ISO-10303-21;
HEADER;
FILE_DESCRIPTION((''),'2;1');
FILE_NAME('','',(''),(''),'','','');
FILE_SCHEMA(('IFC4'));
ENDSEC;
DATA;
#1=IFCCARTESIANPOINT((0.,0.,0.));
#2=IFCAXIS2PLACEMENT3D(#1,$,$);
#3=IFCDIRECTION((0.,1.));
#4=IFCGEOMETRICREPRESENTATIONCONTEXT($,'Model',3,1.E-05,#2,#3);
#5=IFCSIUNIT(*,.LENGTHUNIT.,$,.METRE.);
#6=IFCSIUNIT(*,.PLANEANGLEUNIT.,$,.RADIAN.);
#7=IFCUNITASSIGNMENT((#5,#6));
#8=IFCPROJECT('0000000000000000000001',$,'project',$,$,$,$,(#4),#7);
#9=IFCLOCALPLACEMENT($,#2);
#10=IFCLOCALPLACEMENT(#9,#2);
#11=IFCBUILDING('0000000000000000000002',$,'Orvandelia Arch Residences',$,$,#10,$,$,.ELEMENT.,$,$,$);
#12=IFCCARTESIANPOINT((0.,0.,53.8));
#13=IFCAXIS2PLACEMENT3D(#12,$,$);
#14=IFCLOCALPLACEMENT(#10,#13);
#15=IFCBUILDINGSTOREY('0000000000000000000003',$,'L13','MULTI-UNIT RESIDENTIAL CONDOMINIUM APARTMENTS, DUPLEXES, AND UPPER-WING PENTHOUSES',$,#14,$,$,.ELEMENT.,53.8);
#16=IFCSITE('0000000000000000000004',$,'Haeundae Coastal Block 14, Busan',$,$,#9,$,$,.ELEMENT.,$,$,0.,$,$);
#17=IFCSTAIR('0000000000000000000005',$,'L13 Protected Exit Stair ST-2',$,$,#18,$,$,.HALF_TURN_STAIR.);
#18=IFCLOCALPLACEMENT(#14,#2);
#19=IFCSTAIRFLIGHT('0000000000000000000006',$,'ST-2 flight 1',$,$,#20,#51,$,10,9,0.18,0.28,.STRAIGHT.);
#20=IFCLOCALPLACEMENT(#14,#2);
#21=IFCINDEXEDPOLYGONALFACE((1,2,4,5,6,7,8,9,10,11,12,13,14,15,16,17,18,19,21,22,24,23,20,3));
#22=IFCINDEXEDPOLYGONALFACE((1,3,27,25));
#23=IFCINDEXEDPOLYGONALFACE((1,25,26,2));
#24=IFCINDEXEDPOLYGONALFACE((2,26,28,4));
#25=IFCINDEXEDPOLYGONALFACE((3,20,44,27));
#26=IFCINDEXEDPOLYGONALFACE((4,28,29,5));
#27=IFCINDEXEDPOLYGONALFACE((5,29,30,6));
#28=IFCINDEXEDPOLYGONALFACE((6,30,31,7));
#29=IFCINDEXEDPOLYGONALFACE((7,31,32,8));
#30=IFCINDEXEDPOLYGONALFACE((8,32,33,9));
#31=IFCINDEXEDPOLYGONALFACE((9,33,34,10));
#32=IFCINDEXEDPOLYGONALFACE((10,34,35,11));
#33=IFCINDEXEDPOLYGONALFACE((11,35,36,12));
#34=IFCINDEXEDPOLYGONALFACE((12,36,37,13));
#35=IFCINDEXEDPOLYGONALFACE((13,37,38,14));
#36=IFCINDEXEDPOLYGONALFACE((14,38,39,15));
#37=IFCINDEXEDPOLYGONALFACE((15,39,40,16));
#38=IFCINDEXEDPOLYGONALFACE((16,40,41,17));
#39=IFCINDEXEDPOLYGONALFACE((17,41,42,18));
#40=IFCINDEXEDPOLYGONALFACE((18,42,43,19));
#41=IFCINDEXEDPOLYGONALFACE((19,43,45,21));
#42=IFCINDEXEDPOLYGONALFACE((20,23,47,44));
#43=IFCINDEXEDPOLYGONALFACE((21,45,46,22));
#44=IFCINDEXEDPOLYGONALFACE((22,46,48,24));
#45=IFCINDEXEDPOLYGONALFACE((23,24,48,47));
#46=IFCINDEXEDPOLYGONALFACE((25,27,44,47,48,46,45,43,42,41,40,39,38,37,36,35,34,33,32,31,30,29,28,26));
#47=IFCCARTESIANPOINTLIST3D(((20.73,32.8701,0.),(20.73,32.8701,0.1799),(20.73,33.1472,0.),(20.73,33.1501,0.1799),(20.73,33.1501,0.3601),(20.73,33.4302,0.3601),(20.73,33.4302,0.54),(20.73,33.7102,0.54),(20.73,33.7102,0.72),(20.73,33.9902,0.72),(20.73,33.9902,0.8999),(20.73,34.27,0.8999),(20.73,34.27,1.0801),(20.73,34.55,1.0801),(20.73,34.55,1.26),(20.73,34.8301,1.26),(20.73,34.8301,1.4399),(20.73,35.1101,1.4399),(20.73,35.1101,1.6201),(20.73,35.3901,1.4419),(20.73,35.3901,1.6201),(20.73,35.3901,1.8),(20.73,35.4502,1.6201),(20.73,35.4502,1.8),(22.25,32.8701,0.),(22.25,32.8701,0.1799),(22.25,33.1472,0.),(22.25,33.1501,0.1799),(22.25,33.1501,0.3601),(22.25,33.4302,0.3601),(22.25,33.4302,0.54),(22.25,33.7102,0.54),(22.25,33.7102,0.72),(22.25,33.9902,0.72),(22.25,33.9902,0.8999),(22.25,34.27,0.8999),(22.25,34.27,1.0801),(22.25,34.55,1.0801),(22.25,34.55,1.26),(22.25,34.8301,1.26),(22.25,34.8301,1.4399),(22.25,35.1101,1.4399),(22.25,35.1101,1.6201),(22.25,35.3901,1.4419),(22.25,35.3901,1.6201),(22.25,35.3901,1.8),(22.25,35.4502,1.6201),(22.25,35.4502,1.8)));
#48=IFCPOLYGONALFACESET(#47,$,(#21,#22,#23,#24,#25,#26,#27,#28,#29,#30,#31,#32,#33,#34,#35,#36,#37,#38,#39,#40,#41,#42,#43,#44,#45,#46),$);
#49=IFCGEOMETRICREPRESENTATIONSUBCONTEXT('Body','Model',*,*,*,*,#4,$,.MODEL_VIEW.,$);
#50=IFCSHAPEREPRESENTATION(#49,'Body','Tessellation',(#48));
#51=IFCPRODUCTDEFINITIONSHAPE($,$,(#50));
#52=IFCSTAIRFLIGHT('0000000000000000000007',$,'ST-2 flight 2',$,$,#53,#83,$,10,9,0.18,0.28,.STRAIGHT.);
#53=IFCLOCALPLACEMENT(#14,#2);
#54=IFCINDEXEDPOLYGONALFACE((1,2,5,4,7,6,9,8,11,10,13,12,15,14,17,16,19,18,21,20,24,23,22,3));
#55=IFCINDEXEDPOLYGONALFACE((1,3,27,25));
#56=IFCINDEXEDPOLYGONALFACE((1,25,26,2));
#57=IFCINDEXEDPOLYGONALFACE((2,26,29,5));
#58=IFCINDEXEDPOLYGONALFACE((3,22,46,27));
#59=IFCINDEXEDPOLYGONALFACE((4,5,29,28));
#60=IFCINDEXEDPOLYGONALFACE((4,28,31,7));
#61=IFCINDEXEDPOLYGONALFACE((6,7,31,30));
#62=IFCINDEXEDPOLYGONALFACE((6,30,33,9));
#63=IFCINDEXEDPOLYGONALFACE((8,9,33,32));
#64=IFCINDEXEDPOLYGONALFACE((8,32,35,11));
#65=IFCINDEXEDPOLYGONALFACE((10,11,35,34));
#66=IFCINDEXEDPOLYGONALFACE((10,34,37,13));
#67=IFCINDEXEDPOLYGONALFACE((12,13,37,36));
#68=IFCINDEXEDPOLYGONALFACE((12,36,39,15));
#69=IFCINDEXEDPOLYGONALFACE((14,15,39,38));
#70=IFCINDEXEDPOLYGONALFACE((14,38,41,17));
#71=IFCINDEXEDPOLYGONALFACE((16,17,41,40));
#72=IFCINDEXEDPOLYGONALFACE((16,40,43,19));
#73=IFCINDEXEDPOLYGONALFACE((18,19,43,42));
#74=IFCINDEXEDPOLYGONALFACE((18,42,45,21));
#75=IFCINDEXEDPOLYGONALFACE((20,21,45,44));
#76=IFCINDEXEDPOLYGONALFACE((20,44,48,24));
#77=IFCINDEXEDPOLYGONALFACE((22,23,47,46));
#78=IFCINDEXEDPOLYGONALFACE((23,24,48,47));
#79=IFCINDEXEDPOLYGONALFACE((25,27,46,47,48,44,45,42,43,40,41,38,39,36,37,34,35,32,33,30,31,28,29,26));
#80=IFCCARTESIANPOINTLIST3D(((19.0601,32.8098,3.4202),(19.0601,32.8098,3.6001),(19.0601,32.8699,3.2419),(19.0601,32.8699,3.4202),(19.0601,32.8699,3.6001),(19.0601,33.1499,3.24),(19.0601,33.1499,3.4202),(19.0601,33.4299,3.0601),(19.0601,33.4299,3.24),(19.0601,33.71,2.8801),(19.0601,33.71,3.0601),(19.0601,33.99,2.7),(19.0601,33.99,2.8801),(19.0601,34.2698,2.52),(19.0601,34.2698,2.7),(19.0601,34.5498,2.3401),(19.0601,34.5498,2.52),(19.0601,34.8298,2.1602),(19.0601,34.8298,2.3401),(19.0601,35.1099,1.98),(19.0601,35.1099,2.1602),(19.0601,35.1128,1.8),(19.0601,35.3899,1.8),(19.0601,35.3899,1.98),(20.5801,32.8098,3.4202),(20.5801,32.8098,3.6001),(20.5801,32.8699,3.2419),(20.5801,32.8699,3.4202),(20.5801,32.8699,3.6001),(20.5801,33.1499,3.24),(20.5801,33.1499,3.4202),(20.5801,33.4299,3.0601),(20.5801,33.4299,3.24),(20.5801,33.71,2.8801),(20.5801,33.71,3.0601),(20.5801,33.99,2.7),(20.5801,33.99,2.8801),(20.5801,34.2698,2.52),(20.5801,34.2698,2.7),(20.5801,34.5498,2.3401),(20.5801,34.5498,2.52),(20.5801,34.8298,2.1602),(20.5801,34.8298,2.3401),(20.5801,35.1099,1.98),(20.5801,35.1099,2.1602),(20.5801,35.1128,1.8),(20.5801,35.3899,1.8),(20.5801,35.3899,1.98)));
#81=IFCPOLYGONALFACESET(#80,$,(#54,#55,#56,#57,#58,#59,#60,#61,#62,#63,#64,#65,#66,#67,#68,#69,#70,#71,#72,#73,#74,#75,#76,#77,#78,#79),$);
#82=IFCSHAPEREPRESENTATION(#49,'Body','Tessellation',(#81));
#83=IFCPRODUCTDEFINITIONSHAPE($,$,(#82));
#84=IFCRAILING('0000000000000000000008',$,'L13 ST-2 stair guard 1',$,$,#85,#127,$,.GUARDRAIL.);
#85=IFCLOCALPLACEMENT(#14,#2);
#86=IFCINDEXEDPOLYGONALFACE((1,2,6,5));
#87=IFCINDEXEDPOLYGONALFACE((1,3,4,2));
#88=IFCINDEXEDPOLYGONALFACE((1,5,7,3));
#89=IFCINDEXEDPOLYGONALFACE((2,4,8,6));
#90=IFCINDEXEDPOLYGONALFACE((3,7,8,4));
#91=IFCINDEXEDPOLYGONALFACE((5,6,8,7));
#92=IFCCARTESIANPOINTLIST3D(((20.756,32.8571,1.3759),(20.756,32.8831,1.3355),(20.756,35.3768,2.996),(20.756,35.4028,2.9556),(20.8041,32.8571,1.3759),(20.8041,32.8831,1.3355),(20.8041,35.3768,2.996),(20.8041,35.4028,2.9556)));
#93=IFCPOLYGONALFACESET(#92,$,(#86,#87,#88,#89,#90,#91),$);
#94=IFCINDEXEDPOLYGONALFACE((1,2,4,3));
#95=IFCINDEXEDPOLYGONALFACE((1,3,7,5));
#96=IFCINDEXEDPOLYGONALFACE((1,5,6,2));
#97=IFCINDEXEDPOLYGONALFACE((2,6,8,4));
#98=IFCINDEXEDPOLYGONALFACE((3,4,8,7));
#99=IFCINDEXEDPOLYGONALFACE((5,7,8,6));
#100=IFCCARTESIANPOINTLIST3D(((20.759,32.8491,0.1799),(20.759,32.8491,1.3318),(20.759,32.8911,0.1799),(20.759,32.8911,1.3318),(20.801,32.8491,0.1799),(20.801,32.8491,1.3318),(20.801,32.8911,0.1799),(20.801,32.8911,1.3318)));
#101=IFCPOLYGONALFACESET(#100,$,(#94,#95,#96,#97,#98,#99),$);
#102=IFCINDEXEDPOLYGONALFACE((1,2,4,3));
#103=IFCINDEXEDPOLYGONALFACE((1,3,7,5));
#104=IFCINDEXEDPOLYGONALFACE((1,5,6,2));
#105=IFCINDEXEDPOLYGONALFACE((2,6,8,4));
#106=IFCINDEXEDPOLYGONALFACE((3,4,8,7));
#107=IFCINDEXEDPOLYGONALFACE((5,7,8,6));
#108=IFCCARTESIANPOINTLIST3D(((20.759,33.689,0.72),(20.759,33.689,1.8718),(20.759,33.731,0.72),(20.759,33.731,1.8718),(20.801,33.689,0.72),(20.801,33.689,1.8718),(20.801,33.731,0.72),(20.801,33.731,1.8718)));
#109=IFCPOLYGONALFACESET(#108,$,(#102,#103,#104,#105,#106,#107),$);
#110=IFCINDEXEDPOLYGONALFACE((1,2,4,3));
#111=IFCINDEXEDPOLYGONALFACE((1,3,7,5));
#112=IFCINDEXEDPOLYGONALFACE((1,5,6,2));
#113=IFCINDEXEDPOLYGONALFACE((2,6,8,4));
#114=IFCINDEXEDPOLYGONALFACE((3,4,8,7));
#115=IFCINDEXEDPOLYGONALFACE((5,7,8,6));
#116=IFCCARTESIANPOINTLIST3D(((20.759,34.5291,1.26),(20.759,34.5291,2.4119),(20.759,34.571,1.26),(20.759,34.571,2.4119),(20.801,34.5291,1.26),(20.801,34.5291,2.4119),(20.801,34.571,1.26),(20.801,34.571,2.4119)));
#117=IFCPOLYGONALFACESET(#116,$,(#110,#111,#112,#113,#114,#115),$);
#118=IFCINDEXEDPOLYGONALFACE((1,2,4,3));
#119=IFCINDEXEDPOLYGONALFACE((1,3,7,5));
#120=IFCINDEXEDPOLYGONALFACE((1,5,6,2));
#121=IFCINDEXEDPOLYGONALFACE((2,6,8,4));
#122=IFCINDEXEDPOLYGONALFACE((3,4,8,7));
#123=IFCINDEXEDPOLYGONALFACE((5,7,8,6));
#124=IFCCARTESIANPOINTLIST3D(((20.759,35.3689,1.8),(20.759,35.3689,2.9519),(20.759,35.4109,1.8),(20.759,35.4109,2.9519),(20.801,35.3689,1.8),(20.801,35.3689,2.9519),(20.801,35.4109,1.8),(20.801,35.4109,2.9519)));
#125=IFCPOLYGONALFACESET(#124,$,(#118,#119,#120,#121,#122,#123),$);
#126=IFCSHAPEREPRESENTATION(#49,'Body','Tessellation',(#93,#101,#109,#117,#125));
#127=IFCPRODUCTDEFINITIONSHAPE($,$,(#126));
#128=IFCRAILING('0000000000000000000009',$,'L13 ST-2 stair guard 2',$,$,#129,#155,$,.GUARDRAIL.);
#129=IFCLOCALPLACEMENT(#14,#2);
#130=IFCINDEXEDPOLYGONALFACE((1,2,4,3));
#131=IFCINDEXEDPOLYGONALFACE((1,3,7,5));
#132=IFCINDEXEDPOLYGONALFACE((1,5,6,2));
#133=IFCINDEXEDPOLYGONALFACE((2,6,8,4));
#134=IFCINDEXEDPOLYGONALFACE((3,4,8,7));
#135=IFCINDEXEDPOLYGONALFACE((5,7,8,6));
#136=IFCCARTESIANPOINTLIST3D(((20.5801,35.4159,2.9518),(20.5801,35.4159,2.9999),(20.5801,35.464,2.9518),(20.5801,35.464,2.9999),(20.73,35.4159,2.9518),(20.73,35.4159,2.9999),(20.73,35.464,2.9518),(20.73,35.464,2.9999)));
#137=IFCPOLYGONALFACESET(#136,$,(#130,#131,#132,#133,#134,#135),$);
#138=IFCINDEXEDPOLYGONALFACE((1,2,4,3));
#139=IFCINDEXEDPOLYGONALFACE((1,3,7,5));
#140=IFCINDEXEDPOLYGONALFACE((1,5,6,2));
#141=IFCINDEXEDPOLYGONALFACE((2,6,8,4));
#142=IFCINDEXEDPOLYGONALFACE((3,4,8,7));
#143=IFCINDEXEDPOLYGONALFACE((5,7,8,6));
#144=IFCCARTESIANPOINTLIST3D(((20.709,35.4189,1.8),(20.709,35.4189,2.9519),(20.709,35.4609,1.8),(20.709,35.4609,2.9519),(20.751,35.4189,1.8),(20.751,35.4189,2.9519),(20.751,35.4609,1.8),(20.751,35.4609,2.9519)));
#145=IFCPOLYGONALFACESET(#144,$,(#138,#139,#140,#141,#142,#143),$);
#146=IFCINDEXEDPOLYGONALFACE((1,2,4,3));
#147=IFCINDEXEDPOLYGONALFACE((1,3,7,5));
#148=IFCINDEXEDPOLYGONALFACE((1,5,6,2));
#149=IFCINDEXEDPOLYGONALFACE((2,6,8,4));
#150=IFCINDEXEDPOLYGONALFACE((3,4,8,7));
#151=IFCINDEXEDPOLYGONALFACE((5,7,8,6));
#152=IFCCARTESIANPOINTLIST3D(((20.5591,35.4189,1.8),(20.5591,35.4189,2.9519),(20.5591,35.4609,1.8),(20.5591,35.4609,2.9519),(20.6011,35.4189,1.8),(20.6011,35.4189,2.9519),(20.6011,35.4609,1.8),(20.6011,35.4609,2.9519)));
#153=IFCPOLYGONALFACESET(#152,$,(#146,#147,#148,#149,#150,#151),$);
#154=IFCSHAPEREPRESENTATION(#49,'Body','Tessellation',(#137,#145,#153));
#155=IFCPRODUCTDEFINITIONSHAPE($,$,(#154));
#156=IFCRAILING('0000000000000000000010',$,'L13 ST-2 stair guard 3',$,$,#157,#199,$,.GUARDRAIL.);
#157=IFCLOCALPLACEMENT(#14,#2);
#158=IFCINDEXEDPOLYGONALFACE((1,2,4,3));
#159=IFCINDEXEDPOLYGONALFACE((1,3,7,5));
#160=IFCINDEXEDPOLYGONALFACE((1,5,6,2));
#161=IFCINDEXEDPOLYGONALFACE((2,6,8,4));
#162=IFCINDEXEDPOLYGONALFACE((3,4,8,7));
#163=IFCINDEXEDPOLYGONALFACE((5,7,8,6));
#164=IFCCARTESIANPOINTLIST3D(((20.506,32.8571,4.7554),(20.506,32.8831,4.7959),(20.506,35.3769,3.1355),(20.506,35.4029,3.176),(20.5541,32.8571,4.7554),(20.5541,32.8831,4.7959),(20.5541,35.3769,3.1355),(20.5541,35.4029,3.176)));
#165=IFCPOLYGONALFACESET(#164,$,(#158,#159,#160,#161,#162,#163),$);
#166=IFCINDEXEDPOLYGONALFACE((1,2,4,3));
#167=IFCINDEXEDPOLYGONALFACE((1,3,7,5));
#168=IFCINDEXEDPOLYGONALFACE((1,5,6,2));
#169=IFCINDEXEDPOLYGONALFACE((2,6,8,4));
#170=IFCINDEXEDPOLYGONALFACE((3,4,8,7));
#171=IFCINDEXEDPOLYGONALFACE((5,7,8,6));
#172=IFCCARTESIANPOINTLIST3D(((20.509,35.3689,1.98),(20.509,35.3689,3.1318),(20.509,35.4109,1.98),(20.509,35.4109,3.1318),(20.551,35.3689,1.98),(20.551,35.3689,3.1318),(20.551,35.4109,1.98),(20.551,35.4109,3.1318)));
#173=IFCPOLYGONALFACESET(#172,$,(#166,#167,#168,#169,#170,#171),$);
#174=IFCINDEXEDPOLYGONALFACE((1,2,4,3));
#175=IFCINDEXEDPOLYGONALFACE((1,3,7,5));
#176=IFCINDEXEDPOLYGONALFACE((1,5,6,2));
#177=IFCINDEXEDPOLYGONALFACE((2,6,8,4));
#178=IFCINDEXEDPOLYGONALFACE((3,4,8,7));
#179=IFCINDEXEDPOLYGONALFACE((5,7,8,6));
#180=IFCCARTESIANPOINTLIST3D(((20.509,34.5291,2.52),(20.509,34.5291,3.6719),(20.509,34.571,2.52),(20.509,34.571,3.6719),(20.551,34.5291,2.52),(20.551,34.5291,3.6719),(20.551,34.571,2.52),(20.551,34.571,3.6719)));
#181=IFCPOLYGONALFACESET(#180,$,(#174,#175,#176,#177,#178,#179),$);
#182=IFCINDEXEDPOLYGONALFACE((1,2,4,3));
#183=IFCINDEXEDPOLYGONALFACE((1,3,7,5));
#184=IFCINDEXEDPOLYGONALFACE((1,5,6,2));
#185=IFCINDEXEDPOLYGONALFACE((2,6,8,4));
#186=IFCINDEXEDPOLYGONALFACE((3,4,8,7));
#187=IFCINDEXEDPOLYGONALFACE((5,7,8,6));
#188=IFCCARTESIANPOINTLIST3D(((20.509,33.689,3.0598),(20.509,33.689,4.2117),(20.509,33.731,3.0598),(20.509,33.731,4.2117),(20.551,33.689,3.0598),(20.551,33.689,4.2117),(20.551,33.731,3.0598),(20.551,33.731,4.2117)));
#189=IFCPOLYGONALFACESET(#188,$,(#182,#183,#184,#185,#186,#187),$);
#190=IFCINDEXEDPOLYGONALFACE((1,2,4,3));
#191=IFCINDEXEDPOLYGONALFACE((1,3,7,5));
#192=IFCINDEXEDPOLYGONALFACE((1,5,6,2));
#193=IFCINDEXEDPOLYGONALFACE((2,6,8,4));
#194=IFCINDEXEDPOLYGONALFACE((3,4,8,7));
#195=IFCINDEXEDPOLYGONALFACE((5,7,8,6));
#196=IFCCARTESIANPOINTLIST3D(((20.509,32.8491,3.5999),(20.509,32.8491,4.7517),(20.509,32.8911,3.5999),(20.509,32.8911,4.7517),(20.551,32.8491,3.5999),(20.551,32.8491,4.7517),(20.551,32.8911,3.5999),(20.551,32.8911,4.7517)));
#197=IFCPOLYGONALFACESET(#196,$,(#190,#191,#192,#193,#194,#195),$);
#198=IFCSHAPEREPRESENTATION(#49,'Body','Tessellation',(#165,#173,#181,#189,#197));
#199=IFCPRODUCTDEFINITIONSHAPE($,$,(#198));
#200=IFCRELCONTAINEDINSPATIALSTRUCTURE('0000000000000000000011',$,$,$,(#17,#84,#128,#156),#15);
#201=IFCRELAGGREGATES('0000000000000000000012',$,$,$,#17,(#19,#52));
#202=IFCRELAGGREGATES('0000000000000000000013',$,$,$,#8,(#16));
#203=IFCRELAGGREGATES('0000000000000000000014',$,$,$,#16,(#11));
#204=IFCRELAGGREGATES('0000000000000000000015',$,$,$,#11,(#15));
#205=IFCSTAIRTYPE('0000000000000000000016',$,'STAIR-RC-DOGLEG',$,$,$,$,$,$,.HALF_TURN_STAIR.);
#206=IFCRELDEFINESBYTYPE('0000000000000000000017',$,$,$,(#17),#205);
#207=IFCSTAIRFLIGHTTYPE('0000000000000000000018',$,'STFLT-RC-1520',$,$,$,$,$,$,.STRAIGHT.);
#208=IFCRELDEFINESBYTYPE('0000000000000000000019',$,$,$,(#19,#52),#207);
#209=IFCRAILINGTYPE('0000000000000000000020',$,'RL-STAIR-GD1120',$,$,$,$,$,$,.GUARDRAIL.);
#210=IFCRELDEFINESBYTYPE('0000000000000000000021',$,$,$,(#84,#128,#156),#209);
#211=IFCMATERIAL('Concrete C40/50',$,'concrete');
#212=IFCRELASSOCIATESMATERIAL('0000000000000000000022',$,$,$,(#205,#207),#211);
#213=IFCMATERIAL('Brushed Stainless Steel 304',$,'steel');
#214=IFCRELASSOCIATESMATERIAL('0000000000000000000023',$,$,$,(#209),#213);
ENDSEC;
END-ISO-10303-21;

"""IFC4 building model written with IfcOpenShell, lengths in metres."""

from ifc_helpers import new_model, si_unit, direction, frame, origin, origin_2d, place, context, subcontext, project, spatial, polyline, rectangle, outline, extrude, material, type_object, element, aggregate, save


model = new_model("IFC4")

# Units and contexts
model_context = context("Model", 3, precision=1e-05, world=origin(), true_north=direction((0.0, 1.0)))
body_context = subcontext(model_context, "Body", "Model", "MODEL_VIEW")
ifc_project = project(units=[si_unit("LENGTHUNIT", "METRE"), si_unit("PLANEANGLEUNIT", "RADIAN")], contexts=[model_context])

# Site, building, storey
site_placement = place(None, origin())
site = spatial("IfcSite", under=ifc_project, at=site_placement, Name="Haeundae Coastal Block 14, Busan", CompositionType="ELEMENT", RefElevation=0.0)
building_placement = place(site_placement, origin())
building = spatial("IfcBuilding", under=site, at=building_placement, Name="Orvandelia Arch Residences", CompositionType="ELEMENT")
storey_placement = place(building_placement, frame((0.0, 0.0, 53.8)))
storey = spatial("IfcBuildingStorey", under=building, at=storey_placement, Name="L13", Description="MULTI-UNIT RESIDENTIAL CONDOMINIUM APARTMENTS, DUPLEXES, AND UPPER-WING PENTHOUSES", CompositionType="ELEMENT", Elevation=53.8)

# Stair, stair flights
ifc_material_1 = material(Name="Concrete C40/50", Category="concrete")
stair_type = type_object("IfcStairType", Name="STAIR-RC-DOGLEG", PredefinedType="HALF_TURN_STAIR", material=ifc_material_1)
stair_placement = place(storey_placement, origin())
stair = element("IfcStair", 1, at=stair_placement, inside=storey, type_object=stair_type, Name="L13 Protected Exit Stair ST-2", PredefinedType="HALF_TURN_STAIR")
stair_flight_type = type_object("IfcStairFlightType", Name="STFLT-RC-1520", PredefinedType="STRAIGHT", material=ifc_material_1)
stair_flight_1_placement = place(storey_placement, frame((21.49, 32.8701, 0.0), z_axis=(0.0, 0.0, 1.0), x_axis=(0.0, 1.0, 0.0)))
stair_flight_1 = element("IfcStairFlight", 2, at=stair_flight_1_placement, type_object=stair_flight_type, Name="ST-2 flight 1", NumberOfRisers=10, NumberOfTreads=9, PredefinedType="STRAIGHT", RiserHeight=0.18, TreadLength=0.28, context=body_context, shape_type="SweptSolid", body=[
    extrude(outline(polyline([(0.0, 0.0), (0.0, 0.1799), (0.28, 0.1799), (0.28, 0.3601), (0.5601, 0.3601), (0.5601, 0.54), (0.8401, 0.54), (0.8401, 0.72), (1.1201, 0.72), (1.1201, 0.8999), (1.3999, 0.8999), (1.3999, 1.0801), (1.6799, 1.0801), (1.6799, 1.26), (1.96, 1.26), (1.96, 1.4399), (2.24, 1.4399), (2.24, 1.6201), (2.52, 1.6201), (2.52, 1.8), (2.5801, 1.8), (2.5801, 1.6201), (2.52, 1.4419), (0.2771, 0.0), (0.0, 0.0)])), frame((0.0, 0.76, 0.0), z_axis=(0.0, -1.0, 0.0), x_axis=(1.0, 0.0, 0.0)), (0.0, 0.0, 1.0), 1.52),
])
stair_flight_2_placement = place(storey_placement, frame((19.8201, 35.3899, 1.8), z_axis=(0.0, 0.0, 1.0), x_axis=(0.0, -1.0, 0.0)))
stair_flight_2 = element("IfcStairFlight", 3, at=stair_flight_2_placement, type_object=stair_flight_type, Name="ST-2 flight 2", NumberOfRisers=10, NumberOfTreads=9, PredefinedType="STRAIGHT", RiserHeight=0.18, TreadLength=0.28, context=body_context, shape_type="SweptSolid", body=[
    extrude(outline(polyline([(0.0, 0.0), (0.0, 0.1799), (0.28, 0.1799), (0.28, 0.3601), (0.5601, 0.3601), (0.5601, 0.54), (0.8401, 0.54), (0.8401, 0.72), (1.1201, 0.72), (1.1201, 0.8999), (1.3999, 0.8999), (1.3999, 1.0801), (1.6799, 1.0801), (1.6799, 1.26), (1.96, 1.26), (1.96, 1.4399), (2.24, 1.4399), (2.24, 1.6201), (2.52, 1.6201), (2.52, 1.8), (2.5801, 1.8), (2.5801, 1.6201), (2.52, 1.4419), (0.2771, 0.0), (0.0, 0.0)])), frame((0.0, 0.76, 0.0), z_axis=(0.0, -1.0, 0.0), x_axis=(1.0, 0.0, 0.0)), (0.0, 0.0, 1.0), 1.52),
])
aggregate(stair, [stair_flight_1, stair_flight_2])

# Railings
ifc_material_2 = material(Name="Brushed Stainless Steel 304", Category="steel")
railing_type_1 = type_object("IfcRailingType", Name="RL-STAIR-GD1120", PredefinedType="GUARDRAIL", material=ifc_material_2)
railing_1_placement = place(storey_placement, frame((20.78, 32.8701, 0.1799)))
element("IfcRailing", 4, at=railing_1_placement, inside=storey, type_object=railing_type_1, Name="L13 ST-2 stair guard 1", PredefinedType="GUARDRAIL", context=body_context, shape_type="SweptSolid", body=[
    extrude(rectangle(XDim=0.0481, YDim=0.0481, at=origin_2d()), frame((0.0, 0.0, 1.1758), z_axis=(0.0, 0.841139, 0.540819), x_axis=(-1.0, 0.0, 0.0)), (0.0, 0.0, 1.0), 2.9956),
    extrude(rectangle(XDim=0.042, YDim=0.042, at=origin_2d()), origin(), (0.0, 0.0, 1.0), 1.1519),
    extrude(rectangle(XDim=0.042, YDim=0.042, at=origin_2d()), frame((0.0, 0.8398, 0.54)), (0.0, 0.0, 1.0), 1.1519),
    extrude(rectangle(XDim=0.042, YDim=0.042, at=origin_2d()), frame((0.0, 1.6799, 1.0801)), (0.0, 0.0, 1.0), 1.1519),
    extrude(rectangle(XDim=0.042, YDim=0.042, at=origin_2d()), frame((0.0, 2.5198, 1.6201)), (0.0, 0.0, 1.0), 1.1519),
])
railing_2_placement = place(storey_placement, frame((20.73, 35.4399, 1.8)))
element("IfcRailing", 5, at=railing_2_placement, inside=storey, type_object=railing_type_1, Name="L13 ST-2 stair guard 2", PredefinedType="GUARDRAIL", context=body_context, shape_type="SweptSolid", body=[
    extrude(rectangle(XDim=0.0481, YDim=0.0481, at=origin_2d()), frame((0.0, 0.0, 1.1758), z_axis=(-1.0, 0.0, 0.0), x_axis=(0.0, -1.0, 0.0)), (0.0, 0.0, 1.0), 0.1499),
    extrude(rectangle(XDim=0.042, YDim=0.042, at=origin_2d()), origin(), (0.0, 0.0, 1.0), 1.1519),
    extrude(rectangle(XDim=0.042, YDim=0.042, at=origin_2d()), frame((-0.1499, 0.0, 0.0)), (0.0, 0.0, 1.0), 1.1519),
])
railing_3_placement = place(storey_placement, frame((20.53, 35.3899, 1.98)))
element("IfcRailing", 6, at=railing_3_placement, inside=storey, type_object=railing_type_1, Name="L13 ST-2 stair guard 3", PredefinedType="GUARDRAIL", context=body_context, shape_type="SweptSolid", body=[
    extrude(rectangle(XDim=0.0481, YDim=0.0481, at=origin_2d()), frame((0.0, 0.0, 1.1758), z_axis=(0.0, -0.841176, 0.540762), x_axis=(1.0, 0.0, 0.0)), (0.0, 0.0, 1.0), 2.9956),
    extrude(rectangle(XDim=0.042, YDim=0.042, at=origin_2d()), origin(), (0.0, 0.0, 1.0), 1.1519),
    extrude(rectangle(XDim=0.042, YDim=0.042, at=origin_2d()), frame((0.0, -0.8398, 0.54)), (0.0, 0.0, 1.0), 1.1519),
    extrude(rectangle(XDim=0.042, YDim=0.042, at=origin_2d()), frame((0.0, -1.6799, 1.0798)), (0.0, 0.0, 1.0), 1.1519),
    extrude(rectangle(XDim=0.042, YDim=0.042, at=origin_2d()), frame((0.0, -2.5198, 1.6199)), (0.0, 0.0, 1.0), 1.1519),
])

save(model, "model.ifc")
